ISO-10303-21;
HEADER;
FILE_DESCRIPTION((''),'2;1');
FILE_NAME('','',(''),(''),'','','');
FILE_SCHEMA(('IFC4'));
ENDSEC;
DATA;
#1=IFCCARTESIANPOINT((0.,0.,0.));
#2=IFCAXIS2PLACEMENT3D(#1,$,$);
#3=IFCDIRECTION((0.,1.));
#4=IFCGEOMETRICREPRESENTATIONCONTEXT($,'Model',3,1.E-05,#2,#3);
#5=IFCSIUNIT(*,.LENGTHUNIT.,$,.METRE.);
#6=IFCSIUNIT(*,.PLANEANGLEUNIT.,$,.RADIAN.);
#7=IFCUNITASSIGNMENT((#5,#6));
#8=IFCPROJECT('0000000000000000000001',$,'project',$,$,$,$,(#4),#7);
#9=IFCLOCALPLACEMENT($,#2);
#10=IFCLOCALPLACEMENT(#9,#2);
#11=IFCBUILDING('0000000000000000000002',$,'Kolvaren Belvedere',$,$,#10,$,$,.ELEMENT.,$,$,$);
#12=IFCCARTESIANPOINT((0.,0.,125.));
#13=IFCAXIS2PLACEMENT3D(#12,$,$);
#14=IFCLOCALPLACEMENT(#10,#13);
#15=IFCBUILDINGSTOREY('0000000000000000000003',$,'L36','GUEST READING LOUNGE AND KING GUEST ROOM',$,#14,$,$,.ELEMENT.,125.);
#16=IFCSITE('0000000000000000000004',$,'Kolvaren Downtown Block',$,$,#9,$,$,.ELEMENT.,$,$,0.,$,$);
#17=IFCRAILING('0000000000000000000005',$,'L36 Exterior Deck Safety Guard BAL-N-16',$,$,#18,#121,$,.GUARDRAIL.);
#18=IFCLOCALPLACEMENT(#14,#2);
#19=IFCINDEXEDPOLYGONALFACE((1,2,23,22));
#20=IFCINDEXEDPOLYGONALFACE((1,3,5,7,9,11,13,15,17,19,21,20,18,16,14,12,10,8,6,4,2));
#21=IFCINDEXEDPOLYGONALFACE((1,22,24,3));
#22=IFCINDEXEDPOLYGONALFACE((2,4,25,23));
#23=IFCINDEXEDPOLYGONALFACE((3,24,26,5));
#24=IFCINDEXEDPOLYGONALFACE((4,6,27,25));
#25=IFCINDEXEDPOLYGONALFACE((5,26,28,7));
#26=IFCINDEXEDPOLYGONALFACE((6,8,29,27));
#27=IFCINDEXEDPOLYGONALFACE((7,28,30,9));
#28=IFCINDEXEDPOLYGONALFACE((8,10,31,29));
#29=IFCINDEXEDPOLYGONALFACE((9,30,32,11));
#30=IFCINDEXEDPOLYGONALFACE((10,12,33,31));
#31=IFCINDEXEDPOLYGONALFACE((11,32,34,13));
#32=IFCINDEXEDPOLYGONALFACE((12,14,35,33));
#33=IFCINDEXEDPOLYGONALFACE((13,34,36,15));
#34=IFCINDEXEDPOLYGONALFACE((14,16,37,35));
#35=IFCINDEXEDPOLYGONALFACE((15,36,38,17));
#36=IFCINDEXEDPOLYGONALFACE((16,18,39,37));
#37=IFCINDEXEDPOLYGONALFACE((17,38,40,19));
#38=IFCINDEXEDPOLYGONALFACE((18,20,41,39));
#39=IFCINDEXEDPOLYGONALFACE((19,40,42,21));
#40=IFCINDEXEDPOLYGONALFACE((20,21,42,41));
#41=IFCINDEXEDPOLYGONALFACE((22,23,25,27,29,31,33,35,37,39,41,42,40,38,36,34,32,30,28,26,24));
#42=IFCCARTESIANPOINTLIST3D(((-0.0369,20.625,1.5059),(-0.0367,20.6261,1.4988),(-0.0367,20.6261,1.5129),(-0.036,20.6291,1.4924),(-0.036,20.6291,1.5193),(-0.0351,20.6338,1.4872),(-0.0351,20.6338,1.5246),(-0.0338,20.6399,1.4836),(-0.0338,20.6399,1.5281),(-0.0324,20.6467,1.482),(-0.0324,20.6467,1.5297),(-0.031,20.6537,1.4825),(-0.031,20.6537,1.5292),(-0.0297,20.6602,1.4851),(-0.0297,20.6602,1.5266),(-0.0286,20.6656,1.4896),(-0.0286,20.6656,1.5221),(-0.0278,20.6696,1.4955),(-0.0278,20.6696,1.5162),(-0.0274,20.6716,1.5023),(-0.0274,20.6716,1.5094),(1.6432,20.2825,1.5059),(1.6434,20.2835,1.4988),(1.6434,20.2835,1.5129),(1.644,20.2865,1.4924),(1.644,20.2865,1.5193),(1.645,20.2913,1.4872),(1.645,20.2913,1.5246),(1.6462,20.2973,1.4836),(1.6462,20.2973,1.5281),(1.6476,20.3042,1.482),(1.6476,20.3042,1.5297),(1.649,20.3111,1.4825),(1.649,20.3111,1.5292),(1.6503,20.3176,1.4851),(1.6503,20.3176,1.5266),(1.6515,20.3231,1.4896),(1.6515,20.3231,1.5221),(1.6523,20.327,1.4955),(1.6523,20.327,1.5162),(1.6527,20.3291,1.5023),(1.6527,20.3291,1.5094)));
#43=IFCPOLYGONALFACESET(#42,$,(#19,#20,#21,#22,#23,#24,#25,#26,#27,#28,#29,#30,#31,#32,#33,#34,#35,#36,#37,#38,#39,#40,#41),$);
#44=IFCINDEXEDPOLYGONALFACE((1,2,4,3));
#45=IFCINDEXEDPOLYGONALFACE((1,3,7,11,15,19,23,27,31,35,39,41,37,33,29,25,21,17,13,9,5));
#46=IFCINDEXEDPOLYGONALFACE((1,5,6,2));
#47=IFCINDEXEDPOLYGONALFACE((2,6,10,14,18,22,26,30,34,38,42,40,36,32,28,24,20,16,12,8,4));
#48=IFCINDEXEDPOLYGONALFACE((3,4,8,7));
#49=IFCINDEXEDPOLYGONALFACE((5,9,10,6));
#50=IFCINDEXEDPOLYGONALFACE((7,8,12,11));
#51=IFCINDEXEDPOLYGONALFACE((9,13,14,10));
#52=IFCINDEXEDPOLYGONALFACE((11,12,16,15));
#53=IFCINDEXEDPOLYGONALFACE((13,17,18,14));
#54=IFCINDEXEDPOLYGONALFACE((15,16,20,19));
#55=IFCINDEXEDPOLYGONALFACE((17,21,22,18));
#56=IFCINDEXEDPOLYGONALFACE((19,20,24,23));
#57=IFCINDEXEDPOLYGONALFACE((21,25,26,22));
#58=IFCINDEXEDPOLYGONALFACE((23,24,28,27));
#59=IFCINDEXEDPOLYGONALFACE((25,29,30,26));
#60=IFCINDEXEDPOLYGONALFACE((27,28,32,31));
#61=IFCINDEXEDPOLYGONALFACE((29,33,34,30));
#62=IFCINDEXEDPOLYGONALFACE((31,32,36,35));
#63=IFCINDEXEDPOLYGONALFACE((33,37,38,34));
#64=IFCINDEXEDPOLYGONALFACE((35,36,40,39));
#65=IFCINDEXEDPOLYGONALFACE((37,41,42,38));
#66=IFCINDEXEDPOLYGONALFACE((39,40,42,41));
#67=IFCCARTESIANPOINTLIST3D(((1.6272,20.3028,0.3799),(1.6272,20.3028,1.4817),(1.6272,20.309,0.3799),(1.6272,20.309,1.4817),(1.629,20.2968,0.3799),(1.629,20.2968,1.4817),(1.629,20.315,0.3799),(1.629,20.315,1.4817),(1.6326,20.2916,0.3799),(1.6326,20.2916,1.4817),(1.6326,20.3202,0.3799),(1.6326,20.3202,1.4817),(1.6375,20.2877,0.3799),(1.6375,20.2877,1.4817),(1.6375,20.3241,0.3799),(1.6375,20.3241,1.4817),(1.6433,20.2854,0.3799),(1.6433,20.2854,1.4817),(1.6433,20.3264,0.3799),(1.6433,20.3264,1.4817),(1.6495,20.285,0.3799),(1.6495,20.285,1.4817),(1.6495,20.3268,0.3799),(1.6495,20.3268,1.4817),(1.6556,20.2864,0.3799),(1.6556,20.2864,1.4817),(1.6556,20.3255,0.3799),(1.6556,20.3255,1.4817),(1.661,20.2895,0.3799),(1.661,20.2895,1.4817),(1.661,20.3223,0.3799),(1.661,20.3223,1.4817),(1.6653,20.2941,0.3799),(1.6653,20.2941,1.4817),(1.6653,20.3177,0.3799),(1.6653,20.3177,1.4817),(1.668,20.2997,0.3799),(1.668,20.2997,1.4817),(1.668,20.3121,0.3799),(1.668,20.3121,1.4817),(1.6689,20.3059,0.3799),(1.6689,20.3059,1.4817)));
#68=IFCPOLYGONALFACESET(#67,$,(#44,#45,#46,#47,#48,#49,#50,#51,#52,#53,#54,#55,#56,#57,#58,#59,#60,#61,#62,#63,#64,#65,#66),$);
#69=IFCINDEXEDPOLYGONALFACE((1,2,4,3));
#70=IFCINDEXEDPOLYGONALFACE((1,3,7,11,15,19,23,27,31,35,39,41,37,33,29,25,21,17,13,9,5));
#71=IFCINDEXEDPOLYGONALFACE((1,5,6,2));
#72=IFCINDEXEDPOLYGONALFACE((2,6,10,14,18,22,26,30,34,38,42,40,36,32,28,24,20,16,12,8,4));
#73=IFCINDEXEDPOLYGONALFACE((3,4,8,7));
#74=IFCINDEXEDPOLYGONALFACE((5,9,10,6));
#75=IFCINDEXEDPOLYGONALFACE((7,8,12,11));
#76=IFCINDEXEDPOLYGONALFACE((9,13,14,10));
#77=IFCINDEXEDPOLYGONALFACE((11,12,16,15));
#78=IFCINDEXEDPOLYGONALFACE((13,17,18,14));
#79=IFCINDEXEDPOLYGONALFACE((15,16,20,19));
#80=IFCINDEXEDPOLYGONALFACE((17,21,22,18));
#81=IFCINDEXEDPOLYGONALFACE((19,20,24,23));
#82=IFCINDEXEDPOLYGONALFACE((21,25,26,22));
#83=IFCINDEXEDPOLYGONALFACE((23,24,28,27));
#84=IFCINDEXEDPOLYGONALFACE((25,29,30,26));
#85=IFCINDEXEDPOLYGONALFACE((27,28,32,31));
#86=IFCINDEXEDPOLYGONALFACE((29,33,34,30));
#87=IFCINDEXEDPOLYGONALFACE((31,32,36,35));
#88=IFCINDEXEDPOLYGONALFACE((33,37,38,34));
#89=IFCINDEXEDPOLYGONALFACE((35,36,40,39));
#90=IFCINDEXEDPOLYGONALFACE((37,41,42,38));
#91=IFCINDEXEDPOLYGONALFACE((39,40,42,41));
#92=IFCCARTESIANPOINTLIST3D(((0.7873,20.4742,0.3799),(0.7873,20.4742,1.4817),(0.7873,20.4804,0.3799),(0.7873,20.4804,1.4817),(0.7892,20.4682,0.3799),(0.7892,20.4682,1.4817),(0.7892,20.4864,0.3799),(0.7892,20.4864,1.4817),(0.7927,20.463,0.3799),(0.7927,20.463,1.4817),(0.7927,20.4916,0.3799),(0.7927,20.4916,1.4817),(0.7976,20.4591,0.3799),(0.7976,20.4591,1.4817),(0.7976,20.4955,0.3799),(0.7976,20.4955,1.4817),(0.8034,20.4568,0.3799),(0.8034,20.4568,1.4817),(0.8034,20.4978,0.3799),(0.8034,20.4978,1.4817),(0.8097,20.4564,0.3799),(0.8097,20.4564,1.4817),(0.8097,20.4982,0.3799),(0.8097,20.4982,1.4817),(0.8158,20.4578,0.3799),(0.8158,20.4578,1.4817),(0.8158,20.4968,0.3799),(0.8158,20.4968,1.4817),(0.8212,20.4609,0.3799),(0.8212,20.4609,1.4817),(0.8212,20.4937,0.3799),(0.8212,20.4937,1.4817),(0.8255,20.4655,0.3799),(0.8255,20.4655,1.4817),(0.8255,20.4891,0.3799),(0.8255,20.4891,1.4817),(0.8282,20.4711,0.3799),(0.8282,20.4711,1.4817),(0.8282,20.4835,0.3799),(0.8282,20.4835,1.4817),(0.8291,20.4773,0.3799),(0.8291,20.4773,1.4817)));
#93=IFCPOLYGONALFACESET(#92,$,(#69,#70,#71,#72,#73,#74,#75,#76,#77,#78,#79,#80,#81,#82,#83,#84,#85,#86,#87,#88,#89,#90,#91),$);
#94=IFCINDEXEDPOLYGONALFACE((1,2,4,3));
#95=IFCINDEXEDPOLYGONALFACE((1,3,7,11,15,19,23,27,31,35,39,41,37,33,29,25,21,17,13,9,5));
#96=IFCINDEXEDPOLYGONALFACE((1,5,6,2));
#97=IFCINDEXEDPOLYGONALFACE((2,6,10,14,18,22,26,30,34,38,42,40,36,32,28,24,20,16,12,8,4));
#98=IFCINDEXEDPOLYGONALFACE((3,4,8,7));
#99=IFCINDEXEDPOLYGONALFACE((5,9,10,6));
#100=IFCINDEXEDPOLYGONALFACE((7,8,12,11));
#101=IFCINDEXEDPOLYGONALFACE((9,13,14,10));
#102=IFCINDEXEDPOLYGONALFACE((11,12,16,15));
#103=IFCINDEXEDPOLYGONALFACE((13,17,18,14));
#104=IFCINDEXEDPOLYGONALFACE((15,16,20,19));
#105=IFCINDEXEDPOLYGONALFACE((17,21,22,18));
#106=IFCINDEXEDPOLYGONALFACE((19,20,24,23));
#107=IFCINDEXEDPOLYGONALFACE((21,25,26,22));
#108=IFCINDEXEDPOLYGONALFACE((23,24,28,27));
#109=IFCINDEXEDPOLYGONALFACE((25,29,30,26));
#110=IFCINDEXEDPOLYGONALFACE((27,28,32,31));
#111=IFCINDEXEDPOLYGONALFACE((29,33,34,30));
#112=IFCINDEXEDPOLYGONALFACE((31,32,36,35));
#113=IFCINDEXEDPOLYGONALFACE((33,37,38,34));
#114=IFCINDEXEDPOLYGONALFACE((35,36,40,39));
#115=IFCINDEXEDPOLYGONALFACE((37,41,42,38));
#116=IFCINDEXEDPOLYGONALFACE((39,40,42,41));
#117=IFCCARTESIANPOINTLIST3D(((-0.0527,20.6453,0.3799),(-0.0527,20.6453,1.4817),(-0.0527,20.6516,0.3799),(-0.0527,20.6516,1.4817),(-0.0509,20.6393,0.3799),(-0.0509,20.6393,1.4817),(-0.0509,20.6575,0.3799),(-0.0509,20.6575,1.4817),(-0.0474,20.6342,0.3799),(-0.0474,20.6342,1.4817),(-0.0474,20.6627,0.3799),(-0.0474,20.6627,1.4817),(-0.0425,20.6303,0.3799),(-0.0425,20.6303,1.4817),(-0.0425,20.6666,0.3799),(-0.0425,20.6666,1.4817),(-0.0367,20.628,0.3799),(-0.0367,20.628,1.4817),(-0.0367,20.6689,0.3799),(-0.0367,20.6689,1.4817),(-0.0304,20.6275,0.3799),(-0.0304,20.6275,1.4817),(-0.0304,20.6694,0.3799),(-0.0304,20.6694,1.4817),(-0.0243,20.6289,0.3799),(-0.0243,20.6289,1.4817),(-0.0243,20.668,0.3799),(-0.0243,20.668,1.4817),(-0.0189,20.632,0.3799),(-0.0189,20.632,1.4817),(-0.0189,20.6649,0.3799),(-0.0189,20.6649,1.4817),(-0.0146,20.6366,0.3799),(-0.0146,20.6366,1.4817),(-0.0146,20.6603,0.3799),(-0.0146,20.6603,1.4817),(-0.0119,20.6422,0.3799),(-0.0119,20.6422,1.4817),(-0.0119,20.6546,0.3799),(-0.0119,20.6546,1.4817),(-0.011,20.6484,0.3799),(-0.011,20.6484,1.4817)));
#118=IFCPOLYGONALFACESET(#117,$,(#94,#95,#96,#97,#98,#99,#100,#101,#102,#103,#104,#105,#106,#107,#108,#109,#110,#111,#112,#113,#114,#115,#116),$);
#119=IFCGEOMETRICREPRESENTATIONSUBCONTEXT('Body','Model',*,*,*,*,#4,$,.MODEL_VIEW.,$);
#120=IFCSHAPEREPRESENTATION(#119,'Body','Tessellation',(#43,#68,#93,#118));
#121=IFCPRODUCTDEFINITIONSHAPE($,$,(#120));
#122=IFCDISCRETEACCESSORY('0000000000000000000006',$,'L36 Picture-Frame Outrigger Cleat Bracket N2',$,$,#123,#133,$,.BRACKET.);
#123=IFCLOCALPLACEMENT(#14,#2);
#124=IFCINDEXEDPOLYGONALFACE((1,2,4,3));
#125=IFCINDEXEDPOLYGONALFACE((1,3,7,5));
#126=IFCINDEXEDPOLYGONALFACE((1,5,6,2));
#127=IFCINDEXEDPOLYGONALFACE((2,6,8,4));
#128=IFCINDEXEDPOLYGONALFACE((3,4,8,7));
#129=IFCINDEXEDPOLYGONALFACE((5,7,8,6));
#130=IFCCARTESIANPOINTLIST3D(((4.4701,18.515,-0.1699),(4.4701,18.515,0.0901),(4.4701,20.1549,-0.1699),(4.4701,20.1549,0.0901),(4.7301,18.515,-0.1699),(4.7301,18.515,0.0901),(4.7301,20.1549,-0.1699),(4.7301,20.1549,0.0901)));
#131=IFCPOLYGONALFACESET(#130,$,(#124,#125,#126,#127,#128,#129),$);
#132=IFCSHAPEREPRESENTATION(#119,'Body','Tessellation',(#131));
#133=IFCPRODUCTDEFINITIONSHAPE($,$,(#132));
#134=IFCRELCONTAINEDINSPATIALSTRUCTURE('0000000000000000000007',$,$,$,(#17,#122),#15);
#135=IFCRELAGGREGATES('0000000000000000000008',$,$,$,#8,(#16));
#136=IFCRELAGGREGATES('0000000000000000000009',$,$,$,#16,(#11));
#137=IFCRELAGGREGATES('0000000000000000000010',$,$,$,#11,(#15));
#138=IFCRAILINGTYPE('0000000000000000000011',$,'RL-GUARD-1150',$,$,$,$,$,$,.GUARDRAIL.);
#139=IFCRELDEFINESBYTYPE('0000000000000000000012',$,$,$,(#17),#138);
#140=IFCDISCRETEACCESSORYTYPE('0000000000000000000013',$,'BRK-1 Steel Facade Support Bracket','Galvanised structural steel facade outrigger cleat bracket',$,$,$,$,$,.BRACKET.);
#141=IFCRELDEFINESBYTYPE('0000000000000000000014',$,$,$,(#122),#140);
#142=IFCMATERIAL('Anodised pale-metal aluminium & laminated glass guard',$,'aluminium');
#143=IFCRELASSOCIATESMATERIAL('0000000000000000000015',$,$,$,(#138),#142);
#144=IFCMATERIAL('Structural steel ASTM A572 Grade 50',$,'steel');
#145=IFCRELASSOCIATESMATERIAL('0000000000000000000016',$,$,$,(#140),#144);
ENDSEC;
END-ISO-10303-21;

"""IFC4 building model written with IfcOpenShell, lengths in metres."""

from ifc_helpers import new_model, si_unit, direction, frame, origin, origin_2d, place, context, subcontext, project, spatial, rectangle, circle, extrude, material, type_object, element, save


model = new_model("IFC4")

# Units and contexts
model_context = context("Model", 3, precision=1e-05, world=origin(), true_north=direction((0.0, 1.0)))
body_context = subcontext(model_context, "Body", "Model", "MODEL_VIEW")
ifc_project = project(units=[si_unit("LENGTHUNIT", "METRE"), si_unit("PLANEANGLEUNIT", "RADIAN")], contexts=[model_context])

# Site, building, storey
site_placement = place(None, origin())
site = spatial("IfcSite", under=ifc_project, at=site_placement, Name="Kolvaren Downtown Block", CompositionType="ELEMENT", RefElevation=0.0)
building_placement = place(site_placement, origin())
building = spatial("IfcBuilding", under=site, at=building_placement, Name="Kolvaren Belvedere", CompositionType="ELEMENT")
storey_placement = place(building_placement, frame((0.0, 0.0, 125.0)))
storey = spatial("IfcBuildingStorey", under=building, at=storey_placement, Name="L36", Description="GUEST READING LOUNGE AND KING GUEST ROOM", CompositionType="ELEMENT", Elevation=125.0)

# Railing
ifc_material_1 = material(Name="Anodised pale-metal aluminium & laminated glass guard", Category="aluminium")
railing_type = type_object("IfcRailingType", Name="RL-GUARD-1150", PredefinedType="GUARDRAIL", material=ifc_material_1)
railing_1_placement = place(storey_placement, frame((1.6479, 20.3059, 0.3799)))
element("IfcRailing", 1, at=railing_1_placement, inside=storey, type_object=railing_type, Name="L36 Exterior Deck Safety Guard BAL-N-16", PredefinedType="GUARDRAIL", context=body_context, shape_type="SweptSolid", body=[
    extrude(circle(Radius=0.0239, at=origin_2d()), frame((0.0, 0.0, 1.126), z_axis=(-0.97984, 0.199784, 0.0), x_axis=(-0.199784, -0.97984, 0.0)), (0.0, 0.0, 1.0), 1.7146),
    extrude(circle(Radius=0.021, at=origin_2d()), origin(), (0.0, 0.0, 1.0), 1.1018),
    extrude(circle(Radius=0.021, at=origin_2d()), frame((-0.8398, 0.1714, 0.0)), (0.0, 0.0, 1.0), 1.1018),
    extrude(circle(Radius=0.021, at=origin_2d()), frame((-1.6799, 0.3425, 0.0)), (0.0, 0.0, 1.0), 1.1018),
])

# Discrete accessory
ifc_material_2 = material(Name="Structural steel ASTM A572 Grade 50", Category="steel")
discrete_accessory_type = type_object("IfcDiscreteAccessoryType", Name="BRK-1 Steel Facade Support Bracket", Description="Galvanised structural steel facade outrigger cleat bracket", PredefinedType="BRACKET", material=ifc_material_2)
discrete_accessory_placement = place(storey_placement, frame((4.6001, 19.335, -0.1699), z_axis=(0.0, 0.0, 1.0), x_axis=(0.0, 1.0, 0.0)))
element("IfcDiscreteAccessory", 2, at=discrete_accessory_placement, inside=storey, type_object=discrete_accessory_type, Name="L36 Picture-Frame Outrigger Cleat Bracket N2", PredefinedType="BRACKET", context=body_context, shape_type="SweptSolid", body=[
    extrude(rectangle(XDim=1.6399, YDim=0.26, at=origin_2d()), origin(), (0.0, 0.0, 1.0), 0.26),
])

save(model, "model.ifc")
